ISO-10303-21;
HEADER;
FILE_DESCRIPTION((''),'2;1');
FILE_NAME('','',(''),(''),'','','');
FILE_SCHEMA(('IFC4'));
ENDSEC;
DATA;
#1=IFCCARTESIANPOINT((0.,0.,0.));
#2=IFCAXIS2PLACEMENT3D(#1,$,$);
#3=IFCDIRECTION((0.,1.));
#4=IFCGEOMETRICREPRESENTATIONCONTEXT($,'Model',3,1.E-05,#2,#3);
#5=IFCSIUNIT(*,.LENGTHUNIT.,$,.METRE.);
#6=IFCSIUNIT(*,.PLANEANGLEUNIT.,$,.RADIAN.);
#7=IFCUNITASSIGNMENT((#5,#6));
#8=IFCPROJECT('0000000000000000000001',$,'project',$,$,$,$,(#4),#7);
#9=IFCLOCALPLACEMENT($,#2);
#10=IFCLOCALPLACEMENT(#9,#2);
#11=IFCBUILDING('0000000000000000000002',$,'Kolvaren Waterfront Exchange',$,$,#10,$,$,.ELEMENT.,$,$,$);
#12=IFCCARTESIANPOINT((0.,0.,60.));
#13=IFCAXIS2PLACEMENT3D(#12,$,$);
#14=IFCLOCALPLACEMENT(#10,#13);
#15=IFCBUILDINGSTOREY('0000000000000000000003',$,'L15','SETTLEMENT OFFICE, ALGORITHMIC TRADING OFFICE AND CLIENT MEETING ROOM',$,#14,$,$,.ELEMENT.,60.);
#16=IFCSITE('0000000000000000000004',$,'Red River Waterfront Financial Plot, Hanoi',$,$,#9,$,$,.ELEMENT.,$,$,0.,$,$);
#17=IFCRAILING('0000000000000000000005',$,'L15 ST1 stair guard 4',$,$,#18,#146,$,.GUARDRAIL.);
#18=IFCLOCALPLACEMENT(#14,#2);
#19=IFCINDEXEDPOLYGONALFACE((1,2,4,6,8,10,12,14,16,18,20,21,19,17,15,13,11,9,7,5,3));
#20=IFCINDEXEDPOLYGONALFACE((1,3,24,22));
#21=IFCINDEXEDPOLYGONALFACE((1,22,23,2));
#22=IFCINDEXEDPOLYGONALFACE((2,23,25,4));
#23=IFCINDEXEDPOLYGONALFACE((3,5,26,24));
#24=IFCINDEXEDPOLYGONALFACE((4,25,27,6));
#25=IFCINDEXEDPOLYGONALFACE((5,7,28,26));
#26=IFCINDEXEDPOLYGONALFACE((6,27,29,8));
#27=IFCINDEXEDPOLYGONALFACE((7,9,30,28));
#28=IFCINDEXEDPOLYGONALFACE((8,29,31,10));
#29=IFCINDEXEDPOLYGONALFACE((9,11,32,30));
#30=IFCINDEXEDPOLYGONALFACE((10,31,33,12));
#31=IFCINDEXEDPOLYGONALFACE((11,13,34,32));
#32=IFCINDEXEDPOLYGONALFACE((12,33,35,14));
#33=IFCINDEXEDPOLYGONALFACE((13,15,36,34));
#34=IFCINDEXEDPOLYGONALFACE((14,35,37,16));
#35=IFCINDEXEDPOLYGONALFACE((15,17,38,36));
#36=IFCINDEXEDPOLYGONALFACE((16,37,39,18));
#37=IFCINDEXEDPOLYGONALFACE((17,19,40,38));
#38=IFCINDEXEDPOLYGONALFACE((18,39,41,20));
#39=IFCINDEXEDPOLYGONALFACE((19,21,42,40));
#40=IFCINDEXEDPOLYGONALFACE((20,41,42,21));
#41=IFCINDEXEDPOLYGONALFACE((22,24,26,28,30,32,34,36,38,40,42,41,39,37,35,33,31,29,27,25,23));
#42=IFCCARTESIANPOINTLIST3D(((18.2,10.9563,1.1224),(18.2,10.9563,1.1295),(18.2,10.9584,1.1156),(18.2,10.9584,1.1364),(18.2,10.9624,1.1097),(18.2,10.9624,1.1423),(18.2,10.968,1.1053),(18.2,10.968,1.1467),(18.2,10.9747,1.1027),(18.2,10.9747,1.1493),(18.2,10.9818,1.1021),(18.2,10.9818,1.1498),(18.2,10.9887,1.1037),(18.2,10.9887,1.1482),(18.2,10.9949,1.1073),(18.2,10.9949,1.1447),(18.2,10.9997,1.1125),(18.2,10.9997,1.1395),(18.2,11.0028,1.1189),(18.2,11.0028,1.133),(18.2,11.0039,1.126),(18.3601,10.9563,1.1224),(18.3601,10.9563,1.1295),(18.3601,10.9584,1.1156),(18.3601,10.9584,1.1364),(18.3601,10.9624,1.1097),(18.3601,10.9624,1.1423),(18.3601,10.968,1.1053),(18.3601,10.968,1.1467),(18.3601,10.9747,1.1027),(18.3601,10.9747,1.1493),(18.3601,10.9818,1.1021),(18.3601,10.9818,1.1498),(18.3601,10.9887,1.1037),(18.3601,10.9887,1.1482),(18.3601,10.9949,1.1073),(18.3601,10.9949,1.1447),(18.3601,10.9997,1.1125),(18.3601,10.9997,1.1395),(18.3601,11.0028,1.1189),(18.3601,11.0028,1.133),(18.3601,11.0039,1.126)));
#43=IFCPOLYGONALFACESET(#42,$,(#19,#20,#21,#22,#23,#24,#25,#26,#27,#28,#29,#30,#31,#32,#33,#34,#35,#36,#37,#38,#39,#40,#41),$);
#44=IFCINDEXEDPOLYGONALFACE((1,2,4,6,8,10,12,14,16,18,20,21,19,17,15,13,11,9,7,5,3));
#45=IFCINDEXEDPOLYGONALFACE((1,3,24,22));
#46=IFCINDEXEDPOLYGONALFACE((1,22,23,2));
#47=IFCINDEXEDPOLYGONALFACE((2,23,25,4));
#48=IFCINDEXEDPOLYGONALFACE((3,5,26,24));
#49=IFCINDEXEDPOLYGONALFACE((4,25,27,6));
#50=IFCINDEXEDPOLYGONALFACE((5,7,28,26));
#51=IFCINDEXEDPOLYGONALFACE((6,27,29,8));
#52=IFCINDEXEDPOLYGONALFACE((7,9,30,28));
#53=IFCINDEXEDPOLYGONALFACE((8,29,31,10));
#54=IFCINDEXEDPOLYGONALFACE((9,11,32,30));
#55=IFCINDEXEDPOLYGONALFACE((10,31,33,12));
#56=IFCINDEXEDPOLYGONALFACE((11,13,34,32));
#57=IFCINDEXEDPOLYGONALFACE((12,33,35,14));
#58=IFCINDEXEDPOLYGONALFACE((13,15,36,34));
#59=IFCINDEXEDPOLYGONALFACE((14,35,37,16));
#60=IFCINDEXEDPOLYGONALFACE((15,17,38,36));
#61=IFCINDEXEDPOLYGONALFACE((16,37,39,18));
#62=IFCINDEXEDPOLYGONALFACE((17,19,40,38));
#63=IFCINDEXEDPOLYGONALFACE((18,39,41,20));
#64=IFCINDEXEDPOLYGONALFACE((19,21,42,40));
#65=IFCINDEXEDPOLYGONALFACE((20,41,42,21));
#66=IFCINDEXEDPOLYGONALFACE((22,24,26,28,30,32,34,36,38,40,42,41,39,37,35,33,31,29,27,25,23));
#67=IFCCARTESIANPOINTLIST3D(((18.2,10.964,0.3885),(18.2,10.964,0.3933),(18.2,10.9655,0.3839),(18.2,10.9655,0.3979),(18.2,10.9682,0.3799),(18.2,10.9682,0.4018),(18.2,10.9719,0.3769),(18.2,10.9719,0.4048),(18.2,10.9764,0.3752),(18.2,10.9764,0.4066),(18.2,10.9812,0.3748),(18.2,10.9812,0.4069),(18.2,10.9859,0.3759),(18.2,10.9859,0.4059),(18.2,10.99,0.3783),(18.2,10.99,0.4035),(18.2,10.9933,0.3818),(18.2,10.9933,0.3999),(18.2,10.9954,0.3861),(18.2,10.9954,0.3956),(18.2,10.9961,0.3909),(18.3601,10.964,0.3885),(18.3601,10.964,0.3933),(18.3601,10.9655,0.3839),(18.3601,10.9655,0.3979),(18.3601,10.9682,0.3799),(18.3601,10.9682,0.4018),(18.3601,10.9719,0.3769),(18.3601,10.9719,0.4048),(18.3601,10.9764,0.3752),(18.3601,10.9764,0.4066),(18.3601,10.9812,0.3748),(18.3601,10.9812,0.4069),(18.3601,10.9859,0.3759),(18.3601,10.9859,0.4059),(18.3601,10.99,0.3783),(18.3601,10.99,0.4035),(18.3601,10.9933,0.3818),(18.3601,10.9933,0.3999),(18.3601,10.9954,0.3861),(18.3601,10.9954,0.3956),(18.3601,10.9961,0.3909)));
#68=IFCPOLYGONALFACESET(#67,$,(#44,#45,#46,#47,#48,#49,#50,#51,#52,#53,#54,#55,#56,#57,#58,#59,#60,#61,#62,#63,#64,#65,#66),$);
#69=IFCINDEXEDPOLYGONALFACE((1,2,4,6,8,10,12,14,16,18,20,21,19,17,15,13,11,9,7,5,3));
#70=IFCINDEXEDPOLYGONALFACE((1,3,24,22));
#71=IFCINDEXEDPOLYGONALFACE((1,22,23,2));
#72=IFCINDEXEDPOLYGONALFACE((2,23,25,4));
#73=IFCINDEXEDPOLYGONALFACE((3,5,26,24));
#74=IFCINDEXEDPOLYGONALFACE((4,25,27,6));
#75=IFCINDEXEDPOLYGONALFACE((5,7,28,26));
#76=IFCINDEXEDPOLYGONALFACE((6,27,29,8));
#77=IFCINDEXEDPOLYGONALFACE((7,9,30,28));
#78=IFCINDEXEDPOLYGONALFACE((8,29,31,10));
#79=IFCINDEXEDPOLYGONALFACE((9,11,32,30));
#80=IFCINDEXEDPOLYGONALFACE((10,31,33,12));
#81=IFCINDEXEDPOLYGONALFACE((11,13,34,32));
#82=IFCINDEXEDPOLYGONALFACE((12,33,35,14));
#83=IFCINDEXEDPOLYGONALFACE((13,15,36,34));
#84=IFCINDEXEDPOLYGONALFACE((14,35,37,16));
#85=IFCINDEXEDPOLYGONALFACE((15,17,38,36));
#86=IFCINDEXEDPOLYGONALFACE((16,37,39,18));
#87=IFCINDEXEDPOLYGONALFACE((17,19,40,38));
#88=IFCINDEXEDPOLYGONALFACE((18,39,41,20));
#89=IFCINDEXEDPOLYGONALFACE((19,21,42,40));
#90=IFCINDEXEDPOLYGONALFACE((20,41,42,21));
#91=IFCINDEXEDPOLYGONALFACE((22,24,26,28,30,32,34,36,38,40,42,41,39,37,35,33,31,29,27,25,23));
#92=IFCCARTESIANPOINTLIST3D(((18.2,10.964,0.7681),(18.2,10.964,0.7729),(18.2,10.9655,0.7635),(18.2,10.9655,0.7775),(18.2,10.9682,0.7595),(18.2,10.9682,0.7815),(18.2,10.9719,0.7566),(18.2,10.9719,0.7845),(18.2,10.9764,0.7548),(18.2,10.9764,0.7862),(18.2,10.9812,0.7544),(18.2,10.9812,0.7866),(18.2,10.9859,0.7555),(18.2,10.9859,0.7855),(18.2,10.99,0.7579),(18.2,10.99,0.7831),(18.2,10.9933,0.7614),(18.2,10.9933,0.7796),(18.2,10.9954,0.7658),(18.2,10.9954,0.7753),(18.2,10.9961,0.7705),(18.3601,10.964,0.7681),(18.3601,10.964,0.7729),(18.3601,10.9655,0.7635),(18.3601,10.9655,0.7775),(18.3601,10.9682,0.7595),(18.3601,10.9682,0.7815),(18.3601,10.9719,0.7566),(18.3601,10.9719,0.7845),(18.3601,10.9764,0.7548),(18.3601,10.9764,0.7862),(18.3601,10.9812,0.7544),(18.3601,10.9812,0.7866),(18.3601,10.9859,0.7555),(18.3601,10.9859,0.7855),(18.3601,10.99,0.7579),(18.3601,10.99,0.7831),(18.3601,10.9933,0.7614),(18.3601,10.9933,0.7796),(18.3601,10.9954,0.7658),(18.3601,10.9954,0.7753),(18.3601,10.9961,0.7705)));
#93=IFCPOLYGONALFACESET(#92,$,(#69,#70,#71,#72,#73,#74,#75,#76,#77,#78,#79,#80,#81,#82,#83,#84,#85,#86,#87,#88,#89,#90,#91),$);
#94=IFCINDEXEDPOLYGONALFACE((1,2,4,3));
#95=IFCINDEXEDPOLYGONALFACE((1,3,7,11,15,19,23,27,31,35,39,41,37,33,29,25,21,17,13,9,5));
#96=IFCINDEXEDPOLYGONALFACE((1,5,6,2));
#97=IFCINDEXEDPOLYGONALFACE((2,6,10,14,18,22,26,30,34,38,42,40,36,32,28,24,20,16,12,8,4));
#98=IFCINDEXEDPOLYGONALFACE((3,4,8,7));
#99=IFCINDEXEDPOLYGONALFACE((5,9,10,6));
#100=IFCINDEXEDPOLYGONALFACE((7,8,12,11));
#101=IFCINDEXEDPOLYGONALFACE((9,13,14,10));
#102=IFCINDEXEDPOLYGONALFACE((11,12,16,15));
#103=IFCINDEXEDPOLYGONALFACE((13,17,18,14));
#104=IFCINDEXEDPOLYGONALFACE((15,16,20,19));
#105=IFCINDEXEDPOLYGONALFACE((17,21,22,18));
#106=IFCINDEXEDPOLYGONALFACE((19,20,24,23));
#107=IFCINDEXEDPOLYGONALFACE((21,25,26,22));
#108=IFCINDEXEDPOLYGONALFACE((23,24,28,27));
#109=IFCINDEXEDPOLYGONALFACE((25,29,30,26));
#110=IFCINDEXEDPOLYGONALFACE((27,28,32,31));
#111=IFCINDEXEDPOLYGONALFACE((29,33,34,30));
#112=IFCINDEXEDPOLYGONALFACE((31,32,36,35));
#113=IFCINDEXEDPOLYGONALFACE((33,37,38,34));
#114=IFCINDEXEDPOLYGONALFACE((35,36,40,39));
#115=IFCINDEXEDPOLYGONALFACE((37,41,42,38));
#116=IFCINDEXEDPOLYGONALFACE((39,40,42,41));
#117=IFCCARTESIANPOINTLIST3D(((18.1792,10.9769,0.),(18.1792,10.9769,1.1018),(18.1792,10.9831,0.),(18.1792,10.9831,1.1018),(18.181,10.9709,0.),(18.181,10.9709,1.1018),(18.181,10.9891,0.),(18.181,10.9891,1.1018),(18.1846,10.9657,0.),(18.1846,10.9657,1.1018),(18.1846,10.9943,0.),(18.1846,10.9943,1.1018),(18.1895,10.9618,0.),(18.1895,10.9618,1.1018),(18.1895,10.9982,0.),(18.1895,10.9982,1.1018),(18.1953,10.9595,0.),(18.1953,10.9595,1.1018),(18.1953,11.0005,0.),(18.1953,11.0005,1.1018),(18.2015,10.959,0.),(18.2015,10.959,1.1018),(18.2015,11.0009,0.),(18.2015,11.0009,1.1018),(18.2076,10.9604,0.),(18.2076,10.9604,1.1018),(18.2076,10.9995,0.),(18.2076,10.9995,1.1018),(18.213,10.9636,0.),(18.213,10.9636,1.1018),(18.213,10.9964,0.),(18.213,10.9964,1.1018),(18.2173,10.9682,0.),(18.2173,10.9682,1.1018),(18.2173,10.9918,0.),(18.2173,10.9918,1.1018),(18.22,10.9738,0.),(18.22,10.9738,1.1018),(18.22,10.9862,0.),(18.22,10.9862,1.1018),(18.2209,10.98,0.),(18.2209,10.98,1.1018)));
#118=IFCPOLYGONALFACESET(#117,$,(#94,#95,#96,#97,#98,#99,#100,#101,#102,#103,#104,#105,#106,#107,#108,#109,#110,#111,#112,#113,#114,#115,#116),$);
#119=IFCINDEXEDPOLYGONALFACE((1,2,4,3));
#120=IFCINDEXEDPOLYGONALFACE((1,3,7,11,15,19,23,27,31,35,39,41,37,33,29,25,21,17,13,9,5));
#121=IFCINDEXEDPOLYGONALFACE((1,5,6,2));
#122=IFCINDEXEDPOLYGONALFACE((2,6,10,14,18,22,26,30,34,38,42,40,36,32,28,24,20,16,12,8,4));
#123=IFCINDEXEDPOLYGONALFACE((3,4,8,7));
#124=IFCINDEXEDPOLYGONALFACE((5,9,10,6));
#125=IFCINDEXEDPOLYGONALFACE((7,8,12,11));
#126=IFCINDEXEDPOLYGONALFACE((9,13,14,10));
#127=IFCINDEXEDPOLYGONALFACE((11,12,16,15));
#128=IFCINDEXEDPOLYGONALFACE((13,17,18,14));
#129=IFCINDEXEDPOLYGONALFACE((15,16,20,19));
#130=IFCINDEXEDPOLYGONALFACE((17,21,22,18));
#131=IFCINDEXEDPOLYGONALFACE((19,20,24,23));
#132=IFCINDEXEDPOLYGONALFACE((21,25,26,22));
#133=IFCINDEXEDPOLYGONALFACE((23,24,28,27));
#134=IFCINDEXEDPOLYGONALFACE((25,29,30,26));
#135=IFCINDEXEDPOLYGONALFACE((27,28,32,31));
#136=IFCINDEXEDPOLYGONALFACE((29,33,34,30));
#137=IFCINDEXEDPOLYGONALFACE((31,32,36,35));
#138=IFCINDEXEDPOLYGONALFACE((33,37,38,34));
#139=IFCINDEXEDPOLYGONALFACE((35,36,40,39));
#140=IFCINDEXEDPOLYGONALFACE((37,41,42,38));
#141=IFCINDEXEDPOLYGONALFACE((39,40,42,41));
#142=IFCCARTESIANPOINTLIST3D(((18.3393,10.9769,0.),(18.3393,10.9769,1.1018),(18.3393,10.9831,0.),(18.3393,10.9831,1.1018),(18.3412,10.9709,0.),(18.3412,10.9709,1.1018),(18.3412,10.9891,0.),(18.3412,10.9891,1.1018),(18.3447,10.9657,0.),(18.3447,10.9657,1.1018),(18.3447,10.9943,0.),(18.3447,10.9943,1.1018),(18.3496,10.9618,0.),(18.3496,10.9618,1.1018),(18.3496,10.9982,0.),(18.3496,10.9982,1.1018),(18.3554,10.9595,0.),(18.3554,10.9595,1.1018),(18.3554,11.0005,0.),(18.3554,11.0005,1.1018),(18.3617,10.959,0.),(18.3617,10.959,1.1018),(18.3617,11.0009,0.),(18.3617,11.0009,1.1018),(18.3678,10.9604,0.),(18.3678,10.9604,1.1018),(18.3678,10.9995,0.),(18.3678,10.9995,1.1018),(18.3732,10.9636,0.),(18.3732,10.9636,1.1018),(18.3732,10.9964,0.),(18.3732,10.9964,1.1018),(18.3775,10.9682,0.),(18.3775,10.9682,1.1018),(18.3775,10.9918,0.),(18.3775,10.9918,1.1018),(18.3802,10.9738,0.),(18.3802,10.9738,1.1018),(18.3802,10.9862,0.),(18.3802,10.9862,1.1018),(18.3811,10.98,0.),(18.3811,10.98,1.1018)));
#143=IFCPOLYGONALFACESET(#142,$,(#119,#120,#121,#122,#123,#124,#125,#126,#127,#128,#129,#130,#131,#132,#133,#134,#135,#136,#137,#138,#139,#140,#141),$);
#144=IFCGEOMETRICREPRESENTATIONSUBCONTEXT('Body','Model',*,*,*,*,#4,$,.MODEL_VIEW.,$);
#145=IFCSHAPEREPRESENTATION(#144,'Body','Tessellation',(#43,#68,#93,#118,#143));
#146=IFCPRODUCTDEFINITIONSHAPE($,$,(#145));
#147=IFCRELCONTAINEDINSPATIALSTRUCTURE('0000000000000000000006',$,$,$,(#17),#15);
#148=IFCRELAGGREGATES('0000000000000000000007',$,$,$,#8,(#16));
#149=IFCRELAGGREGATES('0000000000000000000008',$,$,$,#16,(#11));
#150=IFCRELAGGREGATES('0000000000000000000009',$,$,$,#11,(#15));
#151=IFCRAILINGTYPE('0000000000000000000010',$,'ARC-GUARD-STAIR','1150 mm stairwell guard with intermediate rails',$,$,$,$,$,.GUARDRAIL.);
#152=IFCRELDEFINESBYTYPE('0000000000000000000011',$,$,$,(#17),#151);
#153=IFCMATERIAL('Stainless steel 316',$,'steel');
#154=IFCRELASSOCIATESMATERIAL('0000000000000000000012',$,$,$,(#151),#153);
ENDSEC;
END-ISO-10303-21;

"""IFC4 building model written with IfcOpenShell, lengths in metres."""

from ifc_helpers import new_model, si_unit, direction, frame, origin, origin_2d, place, context, subcontext, project, spatial, circle, extrude, material, type_object, element, save


model = new_model("IFC4")

# Units and contexts
model_context = context("Model", 3, precision=1e-05, world=origin(), true_north=direction((0.0, 1.0)))
body_context = subcontext(model_context, "Body", "Model", "MODEL_VIEW")
ifc_project = project(units=[si_unit("LENGTHUNIT", "METRE"), si_unit("PLANEANGLEUNIT", "RADIAN")], contexts=[model_context])

# Site, building, storey
site_placement = place(None, origin())
site = spatial("IfcSite", under=ifc_project, at=site_placement, Name="Red River Waterfront Financial Plot, Hanoi", CompositionType="ELEMENT", RefElevation=0.0)
building_placement = place(site_placement, origin())
building = spatial("IfcBuilding", under=site, at=building_placement, Name="Kolvaren Waterfront Exchange", CompositionType="ELEMENT")
storey_placement = place(building_placement, frame((0.0, 0.0, 60.0)))
storey = spatial("IfcBuildingStorey", under=building, at=storey_placement, Name="L15", Description="SETTLEMENT OFFICE, ALGORITHMIC TRADING OFFICE AND CLIENT MEETING ROOM", CompositionType="ELEMENT", Elevation=60.0)

# Railing
ifc_material_1 = material(Name="Stainless steel 316", Category="steel")
railing_type_1 = type_object("IfcRailingType", Name="ARC-GUARD-STAIR", Description="1150 mm stairwell guard with intermediate rails", PredefinedType="GUARDRAIL", material=ifc_material_1)
railing_1_placement = place(storey_placement, frame((18.2, 10.98, 0.0)))
element("IfcRailing", 1, at=railing_1_placement, inside=storey, type_object=railing_type_1, Name="L15 ST1 stair guard 4", PredefinedType="GUARDRAIL", context=body_context, shape_type="SweptSolid", body=[
    extrude(circle(Radius=0.0239, at=origin_2d()), frame((0.0, 0.0, 1.126), z_axis=(1.0, 0.0, 0.0), x_axis=(0.0, 1.0, 0.0)), (0.0, 0.0, 1.0), 0.1602),
    extrude(circle(Radius=0.0161, at=origin_2d()), frame((0.0, 0.0, 0.3909), z_axis=(1.0, 0.0, 0.0), x_axis=(0.0, 1.0, 0.0)), (0.0, 0.0, 1.0), 0.1602),
    extrude(circle(Radius=0.0161, at=origin_2d()), frame((0.0, 0.0, 0.7705), z_axis=(1.0, 0.0, 0.0), x_axis=(0.0, 1.0, 0.0)), (0.0, 0.0, 1.0), 0.1602),
    extrude(circle(Radius=0.021, at=origin_2d()), origin(), (0.0, 0.0, 1.0), 1.1018),
    extrude(circle(Radius=0.021, at=origin_2d()), frame((0.1602, 0.0, 0.0)), (0.0, 0.0, 1.0), 1.1018),
])

save(model, "model.ifc")
